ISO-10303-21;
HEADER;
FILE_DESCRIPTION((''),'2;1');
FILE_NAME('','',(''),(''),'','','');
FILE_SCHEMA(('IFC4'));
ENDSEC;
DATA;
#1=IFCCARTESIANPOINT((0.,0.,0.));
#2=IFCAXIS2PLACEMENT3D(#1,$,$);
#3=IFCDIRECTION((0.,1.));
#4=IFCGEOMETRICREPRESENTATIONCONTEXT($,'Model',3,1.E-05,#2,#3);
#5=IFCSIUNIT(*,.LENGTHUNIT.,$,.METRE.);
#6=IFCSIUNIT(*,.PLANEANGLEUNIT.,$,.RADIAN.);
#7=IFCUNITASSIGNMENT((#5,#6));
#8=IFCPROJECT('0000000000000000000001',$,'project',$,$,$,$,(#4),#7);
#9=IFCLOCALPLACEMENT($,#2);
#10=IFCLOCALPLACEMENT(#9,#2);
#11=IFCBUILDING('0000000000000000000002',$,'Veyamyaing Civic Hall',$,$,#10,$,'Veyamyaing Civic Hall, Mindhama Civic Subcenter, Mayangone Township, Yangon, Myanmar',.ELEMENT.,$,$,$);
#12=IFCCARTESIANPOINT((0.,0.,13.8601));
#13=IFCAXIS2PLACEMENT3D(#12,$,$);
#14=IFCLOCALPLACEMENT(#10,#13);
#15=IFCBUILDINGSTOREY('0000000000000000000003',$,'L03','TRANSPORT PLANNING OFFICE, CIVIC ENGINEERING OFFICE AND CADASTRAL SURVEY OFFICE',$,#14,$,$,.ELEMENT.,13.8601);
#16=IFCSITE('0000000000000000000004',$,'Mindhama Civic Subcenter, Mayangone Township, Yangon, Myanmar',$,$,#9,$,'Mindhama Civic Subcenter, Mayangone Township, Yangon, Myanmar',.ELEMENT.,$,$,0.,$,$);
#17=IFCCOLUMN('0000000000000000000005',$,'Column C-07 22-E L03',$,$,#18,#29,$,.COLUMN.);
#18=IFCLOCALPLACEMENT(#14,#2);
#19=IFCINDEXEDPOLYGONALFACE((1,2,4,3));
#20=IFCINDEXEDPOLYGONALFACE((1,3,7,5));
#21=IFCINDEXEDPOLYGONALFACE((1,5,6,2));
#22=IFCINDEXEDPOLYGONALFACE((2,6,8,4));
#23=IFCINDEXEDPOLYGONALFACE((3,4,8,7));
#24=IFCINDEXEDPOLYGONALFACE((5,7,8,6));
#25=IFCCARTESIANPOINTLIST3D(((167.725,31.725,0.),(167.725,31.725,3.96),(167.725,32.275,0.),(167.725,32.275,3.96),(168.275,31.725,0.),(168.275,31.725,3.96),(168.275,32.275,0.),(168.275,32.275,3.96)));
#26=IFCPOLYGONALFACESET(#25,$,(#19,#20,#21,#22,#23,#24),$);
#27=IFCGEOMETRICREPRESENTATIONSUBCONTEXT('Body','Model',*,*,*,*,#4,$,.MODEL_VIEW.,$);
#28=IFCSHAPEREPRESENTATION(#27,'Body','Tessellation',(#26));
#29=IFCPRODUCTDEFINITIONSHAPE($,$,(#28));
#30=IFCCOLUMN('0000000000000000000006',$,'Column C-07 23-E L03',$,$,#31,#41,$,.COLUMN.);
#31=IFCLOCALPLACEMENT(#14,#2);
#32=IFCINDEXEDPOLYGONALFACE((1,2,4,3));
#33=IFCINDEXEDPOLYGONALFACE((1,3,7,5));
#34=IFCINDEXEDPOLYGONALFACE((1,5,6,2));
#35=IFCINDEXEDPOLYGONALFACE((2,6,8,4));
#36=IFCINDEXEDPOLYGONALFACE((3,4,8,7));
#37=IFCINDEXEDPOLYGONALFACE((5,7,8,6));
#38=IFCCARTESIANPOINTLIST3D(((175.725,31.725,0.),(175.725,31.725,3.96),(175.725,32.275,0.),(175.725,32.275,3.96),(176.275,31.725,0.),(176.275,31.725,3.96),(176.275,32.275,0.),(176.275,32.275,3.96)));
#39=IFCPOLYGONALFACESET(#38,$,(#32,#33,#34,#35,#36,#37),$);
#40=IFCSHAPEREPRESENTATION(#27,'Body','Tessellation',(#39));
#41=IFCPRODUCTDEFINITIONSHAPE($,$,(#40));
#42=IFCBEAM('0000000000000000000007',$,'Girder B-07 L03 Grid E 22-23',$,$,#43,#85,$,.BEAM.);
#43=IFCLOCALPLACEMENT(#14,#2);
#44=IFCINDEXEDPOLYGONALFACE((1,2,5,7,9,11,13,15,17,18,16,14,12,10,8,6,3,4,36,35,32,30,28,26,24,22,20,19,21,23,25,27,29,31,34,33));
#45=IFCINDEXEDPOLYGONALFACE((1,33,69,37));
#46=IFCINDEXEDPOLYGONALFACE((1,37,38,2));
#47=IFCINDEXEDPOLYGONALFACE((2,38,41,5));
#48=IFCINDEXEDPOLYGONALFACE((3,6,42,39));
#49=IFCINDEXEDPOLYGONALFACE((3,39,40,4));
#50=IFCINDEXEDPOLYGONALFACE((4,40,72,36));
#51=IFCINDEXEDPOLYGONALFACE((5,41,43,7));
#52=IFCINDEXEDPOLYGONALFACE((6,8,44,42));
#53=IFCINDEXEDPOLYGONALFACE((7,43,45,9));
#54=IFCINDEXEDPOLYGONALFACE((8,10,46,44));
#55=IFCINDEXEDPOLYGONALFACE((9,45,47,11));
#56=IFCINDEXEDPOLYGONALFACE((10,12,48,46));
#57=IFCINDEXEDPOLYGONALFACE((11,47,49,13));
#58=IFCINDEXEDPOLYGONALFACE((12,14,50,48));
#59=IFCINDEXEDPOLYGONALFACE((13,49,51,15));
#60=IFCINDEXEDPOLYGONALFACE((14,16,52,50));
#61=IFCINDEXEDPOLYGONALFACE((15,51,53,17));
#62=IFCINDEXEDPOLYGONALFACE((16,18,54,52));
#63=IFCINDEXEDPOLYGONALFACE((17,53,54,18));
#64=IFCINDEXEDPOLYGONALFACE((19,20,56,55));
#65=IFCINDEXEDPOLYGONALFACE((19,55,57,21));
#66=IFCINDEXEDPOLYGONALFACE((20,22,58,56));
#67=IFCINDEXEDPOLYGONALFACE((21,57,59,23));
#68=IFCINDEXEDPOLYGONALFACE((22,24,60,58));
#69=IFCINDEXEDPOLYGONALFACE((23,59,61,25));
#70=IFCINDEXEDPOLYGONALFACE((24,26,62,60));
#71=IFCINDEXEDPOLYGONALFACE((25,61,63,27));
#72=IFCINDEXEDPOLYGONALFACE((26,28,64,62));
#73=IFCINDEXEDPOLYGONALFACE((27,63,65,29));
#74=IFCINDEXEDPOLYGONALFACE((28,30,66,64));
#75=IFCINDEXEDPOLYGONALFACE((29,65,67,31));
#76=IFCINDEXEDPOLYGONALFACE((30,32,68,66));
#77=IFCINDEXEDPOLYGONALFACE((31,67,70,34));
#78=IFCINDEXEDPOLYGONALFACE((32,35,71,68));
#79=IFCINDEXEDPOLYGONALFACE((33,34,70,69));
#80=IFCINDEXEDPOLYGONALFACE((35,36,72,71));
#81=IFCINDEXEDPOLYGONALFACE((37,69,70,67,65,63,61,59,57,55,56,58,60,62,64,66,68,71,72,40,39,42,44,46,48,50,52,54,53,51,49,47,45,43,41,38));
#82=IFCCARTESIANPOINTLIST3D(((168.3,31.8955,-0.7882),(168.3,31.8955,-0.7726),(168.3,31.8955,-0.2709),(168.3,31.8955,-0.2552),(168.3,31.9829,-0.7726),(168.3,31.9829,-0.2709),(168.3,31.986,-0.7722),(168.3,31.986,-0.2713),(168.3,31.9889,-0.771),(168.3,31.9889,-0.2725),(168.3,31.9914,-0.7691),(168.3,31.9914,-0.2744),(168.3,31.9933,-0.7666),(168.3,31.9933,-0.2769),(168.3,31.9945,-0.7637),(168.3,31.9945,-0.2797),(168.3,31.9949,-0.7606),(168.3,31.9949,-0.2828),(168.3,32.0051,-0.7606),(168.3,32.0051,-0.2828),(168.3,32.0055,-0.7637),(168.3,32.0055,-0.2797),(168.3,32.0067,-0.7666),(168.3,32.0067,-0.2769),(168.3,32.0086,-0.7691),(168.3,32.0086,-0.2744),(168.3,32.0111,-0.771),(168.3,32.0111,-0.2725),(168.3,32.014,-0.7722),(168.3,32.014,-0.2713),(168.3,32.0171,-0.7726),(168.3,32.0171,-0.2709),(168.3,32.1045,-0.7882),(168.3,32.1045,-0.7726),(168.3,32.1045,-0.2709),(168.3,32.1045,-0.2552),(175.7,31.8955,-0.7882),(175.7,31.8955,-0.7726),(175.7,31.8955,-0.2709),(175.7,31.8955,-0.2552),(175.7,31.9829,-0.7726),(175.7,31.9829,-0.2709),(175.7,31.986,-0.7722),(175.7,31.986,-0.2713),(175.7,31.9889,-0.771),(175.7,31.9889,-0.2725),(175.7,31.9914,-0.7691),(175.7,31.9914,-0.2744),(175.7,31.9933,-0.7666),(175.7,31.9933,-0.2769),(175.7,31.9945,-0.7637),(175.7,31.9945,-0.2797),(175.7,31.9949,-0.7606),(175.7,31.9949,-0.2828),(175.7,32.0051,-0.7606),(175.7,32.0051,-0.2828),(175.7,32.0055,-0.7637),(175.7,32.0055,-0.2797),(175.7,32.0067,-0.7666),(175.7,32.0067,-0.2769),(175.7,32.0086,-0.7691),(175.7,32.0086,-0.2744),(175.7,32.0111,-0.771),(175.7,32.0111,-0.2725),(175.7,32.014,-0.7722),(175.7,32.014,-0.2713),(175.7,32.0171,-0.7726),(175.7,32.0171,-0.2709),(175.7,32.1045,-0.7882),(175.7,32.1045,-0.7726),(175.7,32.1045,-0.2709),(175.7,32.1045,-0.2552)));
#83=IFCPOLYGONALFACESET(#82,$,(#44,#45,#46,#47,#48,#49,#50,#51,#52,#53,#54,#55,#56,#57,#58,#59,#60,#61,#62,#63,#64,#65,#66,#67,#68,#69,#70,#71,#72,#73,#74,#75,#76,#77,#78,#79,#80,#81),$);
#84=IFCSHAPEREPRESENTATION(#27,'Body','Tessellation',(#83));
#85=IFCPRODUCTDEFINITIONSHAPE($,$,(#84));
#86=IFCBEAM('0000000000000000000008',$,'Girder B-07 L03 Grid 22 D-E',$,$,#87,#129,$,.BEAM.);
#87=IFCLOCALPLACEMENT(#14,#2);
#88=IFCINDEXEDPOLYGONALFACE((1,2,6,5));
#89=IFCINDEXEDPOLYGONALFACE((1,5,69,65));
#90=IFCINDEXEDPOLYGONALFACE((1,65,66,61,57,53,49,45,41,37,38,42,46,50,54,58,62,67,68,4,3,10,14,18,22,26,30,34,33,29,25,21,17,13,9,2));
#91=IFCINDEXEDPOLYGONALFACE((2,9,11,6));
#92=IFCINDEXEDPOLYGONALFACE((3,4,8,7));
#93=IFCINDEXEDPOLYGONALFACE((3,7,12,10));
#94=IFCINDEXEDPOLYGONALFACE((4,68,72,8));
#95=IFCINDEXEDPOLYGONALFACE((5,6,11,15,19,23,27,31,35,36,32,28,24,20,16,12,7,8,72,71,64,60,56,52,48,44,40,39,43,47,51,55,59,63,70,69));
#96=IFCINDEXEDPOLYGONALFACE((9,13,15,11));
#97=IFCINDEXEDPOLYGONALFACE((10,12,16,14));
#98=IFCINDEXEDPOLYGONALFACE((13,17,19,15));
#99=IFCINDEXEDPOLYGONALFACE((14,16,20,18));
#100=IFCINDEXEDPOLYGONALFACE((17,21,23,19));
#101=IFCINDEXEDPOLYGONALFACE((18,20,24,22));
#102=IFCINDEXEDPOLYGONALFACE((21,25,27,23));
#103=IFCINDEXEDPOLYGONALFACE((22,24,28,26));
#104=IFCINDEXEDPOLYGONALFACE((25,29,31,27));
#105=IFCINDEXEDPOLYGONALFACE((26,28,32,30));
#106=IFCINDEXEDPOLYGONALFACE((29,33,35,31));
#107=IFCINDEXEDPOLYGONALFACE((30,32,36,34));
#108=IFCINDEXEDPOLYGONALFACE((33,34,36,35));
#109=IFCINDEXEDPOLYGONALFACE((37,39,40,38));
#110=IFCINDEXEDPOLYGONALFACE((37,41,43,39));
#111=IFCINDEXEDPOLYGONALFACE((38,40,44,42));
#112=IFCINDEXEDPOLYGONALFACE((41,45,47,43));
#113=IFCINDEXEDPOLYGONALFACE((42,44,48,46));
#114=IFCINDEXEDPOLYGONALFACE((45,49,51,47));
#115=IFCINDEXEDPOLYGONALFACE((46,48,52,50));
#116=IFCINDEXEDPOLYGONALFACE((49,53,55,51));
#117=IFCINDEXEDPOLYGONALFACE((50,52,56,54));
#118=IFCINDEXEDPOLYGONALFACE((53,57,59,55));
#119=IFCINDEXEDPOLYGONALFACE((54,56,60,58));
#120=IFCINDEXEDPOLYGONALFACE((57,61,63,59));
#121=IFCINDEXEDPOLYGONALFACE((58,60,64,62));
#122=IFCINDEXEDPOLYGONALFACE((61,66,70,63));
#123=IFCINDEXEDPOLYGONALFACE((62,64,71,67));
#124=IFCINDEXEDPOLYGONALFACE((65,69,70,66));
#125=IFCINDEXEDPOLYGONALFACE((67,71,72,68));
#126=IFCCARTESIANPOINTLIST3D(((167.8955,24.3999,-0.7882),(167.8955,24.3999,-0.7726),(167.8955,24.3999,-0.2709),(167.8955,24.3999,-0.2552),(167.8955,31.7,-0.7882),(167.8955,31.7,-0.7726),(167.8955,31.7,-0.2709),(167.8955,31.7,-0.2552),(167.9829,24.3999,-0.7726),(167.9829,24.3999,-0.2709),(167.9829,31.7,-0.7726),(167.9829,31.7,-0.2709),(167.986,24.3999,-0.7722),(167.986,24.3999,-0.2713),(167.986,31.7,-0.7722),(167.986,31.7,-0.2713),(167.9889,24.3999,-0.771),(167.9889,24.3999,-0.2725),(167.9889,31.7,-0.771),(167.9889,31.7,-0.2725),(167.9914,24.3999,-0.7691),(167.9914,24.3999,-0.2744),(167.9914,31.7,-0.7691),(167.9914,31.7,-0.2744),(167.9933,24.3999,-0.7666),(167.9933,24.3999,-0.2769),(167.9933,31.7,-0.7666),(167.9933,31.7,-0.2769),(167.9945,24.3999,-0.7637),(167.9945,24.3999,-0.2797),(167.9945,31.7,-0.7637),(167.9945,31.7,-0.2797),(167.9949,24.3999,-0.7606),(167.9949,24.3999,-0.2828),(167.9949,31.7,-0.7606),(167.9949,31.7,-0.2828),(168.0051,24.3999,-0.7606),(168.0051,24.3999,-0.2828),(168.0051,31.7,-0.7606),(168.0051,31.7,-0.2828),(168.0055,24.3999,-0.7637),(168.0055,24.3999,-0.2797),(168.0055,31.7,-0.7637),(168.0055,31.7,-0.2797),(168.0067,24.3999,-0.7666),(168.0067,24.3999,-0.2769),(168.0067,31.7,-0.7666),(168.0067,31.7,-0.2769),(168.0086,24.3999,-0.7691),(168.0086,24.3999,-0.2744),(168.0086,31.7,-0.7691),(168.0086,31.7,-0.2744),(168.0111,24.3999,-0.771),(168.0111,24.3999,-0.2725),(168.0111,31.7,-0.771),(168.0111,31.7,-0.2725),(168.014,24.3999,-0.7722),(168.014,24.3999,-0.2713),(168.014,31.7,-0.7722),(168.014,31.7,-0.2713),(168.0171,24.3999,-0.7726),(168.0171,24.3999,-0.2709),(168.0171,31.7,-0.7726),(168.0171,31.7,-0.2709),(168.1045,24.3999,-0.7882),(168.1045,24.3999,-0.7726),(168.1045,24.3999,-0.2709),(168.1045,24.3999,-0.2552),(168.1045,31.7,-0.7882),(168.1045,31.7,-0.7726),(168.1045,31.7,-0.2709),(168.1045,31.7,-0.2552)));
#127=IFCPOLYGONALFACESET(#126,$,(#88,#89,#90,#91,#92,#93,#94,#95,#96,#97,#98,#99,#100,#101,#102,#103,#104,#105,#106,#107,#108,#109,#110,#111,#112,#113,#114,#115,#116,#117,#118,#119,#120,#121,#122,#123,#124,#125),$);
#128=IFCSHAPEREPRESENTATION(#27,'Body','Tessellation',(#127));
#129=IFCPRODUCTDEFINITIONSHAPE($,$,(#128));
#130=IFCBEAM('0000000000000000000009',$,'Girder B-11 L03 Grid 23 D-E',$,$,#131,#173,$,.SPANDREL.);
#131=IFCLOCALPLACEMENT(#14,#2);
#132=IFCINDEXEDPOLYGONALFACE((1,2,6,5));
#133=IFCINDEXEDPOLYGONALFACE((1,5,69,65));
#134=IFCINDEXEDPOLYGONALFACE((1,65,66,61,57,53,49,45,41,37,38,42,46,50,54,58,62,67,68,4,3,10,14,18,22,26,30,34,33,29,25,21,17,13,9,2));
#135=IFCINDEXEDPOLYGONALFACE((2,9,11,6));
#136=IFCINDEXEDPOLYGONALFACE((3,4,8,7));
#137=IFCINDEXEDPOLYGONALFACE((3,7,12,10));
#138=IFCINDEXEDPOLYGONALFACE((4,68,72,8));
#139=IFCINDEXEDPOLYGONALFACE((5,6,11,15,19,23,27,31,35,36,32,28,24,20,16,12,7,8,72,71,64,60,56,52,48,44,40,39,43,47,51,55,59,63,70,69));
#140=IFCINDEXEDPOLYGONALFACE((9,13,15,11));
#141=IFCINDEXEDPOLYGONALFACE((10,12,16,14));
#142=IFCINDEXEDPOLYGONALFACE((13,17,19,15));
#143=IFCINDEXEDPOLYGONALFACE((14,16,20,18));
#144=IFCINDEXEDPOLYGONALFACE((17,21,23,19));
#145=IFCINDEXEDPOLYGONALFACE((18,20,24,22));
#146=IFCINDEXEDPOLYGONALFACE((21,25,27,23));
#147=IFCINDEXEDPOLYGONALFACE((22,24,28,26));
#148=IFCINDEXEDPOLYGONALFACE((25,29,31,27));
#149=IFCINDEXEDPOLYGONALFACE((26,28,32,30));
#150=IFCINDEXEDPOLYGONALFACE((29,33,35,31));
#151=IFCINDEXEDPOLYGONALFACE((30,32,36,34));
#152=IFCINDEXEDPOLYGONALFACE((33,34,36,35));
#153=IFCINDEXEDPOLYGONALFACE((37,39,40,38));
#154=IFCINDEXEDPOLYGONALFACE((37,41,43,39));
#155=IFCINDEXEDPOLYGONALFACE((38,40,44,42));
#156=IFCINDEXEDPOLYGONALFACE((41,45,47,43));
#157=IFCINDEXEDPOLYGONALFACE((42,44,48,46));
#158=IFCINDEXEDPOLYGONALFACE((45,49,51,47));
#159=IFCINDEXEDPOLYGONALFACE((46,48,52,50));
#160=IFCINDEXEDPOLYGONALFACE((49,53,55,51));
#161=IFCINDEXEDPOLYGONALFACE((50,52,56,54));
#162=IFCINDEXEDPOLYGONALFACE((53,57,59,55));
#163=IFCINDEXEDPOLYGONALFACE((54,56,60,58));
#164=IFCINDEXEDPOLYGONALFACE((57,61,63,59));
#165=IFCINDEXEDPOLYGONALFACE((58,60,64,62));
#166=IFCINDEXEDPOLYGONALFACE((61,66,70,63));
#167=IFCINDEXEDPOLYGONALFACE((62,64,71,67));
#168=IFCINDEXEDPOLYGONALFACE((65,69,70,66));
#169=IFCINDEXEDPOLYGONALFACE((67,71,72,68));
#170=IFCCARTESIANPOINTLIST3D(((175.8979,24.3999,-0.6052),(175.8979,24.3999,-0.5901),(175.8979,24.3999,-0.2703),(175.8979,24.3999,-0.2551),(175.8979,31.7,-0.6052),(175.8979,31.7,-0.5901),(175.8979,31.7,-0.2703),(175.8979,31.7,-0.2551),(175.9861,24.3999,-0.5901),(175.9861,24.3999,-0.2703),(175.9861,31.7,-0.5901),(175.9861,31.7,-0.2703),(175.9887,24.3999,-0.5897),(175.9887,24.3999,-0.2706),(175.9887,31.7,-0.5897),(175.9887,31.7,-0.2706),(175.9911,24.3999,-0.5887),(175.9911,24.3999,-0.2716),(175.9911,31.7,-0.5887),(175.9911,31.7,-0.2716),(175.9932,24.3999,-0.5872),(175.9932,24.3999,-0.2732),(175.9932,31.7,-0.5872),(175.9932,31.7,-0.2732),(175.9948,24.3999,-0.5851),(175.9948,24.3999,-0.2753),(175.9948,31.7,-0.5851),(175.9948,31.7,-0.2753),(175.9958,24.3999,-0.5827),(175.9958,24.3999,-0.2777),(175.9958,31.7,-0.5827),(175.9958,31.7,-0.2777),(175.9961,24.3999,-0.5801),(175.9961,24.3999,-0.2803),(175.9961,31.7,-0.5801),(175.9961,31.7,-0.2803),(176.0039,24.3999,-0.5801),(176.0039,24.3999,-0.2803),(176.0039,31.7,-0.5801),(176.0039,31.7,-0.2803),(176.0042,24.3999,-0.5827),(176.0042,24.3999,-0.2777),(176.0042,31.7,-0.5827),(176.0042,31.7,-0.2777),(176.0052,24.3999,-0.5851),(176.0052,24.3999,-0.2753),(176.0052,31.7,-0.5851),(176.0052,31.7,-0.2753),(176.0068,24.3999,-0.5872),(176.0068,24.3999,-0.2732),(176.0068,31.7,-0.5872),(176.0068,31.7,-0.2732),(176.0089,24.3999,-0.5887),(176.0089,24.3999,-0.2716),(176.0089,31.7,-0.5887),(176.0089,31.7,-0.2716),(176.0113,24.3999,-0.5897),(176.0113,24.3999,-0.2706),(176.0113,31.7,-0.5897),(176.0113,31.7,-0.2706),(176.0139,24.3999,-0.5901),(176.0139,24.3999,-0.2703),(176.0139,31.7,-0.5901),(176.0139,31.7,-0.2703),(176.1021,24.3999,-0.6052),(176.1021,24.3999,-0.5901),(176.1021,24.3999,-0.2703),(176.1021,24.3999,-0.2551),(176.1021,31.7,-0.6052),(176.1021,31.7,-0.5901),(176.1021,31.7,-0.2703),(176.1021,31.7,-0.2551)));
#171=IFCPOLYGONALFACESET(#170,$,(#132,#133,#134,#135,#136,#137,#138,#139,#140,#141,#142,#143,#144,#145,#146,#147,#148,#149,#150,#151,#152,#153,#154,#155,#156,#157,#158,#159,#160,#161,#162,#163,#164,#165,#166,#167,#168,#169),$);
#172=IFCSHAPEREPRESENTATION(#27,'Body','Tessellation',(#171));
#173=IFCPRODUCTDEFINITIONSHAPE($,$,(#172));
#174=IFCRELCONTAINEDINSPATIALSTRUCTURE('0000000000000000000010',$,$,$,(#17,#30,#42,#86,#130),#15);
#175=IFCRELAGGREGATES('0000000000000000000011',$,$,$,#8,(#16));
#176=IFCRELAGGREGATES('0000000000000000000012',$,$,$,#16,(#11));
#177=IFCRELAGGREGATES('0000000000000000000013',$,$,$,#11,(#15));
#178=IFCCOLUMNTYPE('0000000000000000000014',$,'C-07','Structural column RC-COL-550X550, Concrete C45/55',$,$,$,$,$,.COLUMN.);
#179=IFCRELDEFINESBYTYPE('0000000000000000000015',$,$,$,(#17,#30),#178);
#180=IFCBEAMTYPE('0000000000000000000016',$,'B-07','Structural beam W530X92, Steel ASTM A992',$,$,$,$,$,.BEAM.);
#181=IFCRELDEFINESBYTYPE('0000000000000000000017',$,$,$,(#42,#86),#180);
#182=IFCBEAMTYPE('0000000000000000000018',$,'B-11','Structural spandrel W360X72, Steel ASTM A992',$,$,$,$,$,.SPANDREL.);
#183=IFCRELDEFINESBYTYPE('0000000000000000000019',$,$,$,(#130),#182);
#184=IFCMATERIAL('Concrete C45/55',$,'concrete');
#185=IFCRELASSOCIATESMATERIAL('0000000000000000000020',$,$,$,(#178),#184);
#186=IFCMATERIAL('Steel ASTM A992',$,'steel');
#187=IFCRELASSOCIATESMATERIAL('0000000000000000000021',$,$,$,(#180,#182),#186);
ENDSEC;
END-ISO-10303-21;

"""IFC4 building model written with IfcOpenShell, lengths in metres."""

from ifc_helpers import new_model, si_unit, direction, frame, origin, origin_2d, place, context, subcontext, project, spatial, rectangle, i_section, extrude, material, material_profile, profile_set, type_object, element, save


model = new_model("IFC4")

# Units and contexts
model_context = context("Model", 3, precision=1e-05, world=origin(), true_north=direction((0.0, 1.0)))
body_context = subcontext(model_context, "Body", "Model", "MODEL_VIEW")
ifc_project = project(units=[si_unit("LENGTHUNIT", "METRE"), si_unit("PLANEANGLEUNIT", "RADIAN")], contexts=[model_context])

# Site, building, storey
site_placement = place(None, origin())
site = spatial("IfcSite", under=ifc_project, at=site_placement, Name="Mindhama Civic Subcenter, Mayangone Township, Yangon, Myanmar", LongName="Mindhama Civic Subcenter, Mayangone Township, Yangon, Myanmar", CompositionType="ELEMENT", RefElevation=0.0)
building_placement = place(site_placement, origin())
building = spatial("IfcBuilding", under=site, at=building_placement, Name="Veyamyaing Civic Hall", LongName="Veyamyaing Civic Hall, Mindhama Civic Subcenter, Mayangone Township, Yangon, Myanmar", CompositionType="ELEMENT")
storey_placement = place(building_placement, frame((0.0, 0.0, 13.8601)))
storey = spatial("IfcBuildingStorey", under=building, at=storey_placement, Name="L03", Description="TRANSPORT PLANNING OFFICE, CIVIC ENGINEERING OFFICE AND CADASTRAL SURVEY OFFICE", CompositionType="ELEMENT", Elevation=13.8601)

# Columns
ifc_material_1 = material(Name="Concrete C45/55", Category="concrete")
ifc_material_profile_1 = material_profile(ifc_material_1, rectangle(XDim=0.55, YDim=0.55, at=origin_2d()), Name="RC-COL-550X550")
ifc_profile_set_1 = profile_set([ifc_material_profile_1], Name="Concrete C45/55")
column_type = type_object("IfcColumnType", Name="C-07", Description="Structural column RC-COL-550X550, Concrete C45/55", PredefinedType="COLUMN", material=ifc_profile_set_1)
for number, where, z_axis, x_axis, name in (
    (1, (168.0, 32.0, 0.0), (0.0, 0.0, 1.0), (1.0, 0.0, 0.0), "Column C-07 22-E L03"),
    (2, (176.0, 32.0, 0.0), (0.0, 0.0, 1.0), (1.0, 0.0, 0.0), "Column C-07 23-E L03"),
):
    element("IfcColumn", number, at=place(storey_placement, frame(where, z_axis=z_axis, x_axis=x_axis)), inside=storey, type_object=column_type, Name=name, PredefinedType="COLUMN", context=body_context, shape_type="SweptSolid", body=[
        extrude(rectangle(XDim=0.55, YDim=0.55, at=origin_2d()), origin(), (0.0, 0.0, 1.0), 3.96),
    ])

# Beams
ifc_material_2 = material(Name="Steel ASTM A992", Category="steel")
ifc_material_profile_2 = material_profile(ifc_material_2, i_section(OverallWidth=0.209, OverallDepth=0.533, WebThickness=0.0103, FlangeThickness=0.0156, FilletRadius=0.012, at=origin_2d()), Name="W530X92")
ifc_profile_set_2 = profile_set([ifc_material_profile_2], Name="Steel ASTM A992")
beam_type_1 = type_object("IfcBeamType", Name="B-07", Description="Structural beam W530X92, Steel ASTM A992", PredefinedType="BEAM", material=ifc_profile_set_2)
beam_1_placement = place(storey_placement, frame((168.3, 32.0, -0.5217), z_axis=(1.0, 0.0, 0.0), x_axis=(0.0, 1.0, 0.0)))
element("IfcBeam", 3, at=beam_1_placement, inside=storey, type_object=beam_type_1, Name="Girder B-07 L03 Grid E 22-23", PredefinedType="BEAM", context=body_context, shape_type="SweptSolid", body=[
    extrude(i_section(OverallWidth=0.209, OverallDepth=0.533, WebThickness=0.0103, FlangeThickness=0.0156, FilletRadius=0.012, at=origin_2d()), origin(), (0.0, 0.0, 1.0), 7.3999),
])
beam_2_placement = place(storey_placement, frame((168.0, 24.3999, -0.5217), z_axis=(0.0, 1.0, 0.0), x_axis=(-1.0, 0.0, 0.0)))
element("IfcBeam", 4, at=beam_2_placement, inside=storey, type_object=beam_type_1, Name="Girder B-07 L03 Grid 22 D-E", PredefinedType="BEAM", context=body_context, shape_type="SweptSolid", body=[
    extrude(i_section(OverallWidth=0.209, OverallDepth=0.533, WebThickness=0.0103, FlangeThickness=0.0156, FilletRadius=0.012, at=origin_2d()), origin(), (0.0, 0.0, 1.0), 7.3),
])
ifc_material_profile_3 = material_profile(ifc_material_2, i_section(OverallWidth=0.2041, OverallDepth=0.3501, WebThickness=0.0078, FlangeThickness=0.0151, FilletRadius=0.01, at=origin_2d()), Name="W360X72")
ifc_profile_set_3 = profile_set([ifc_material_profile_3], Name="Steel ASTM A992")
beam_type_2 = type_object("IfcBeamType", Name="B-11", Description="Structural spandrel W360X72, Steel ASTM A992", PredefinedType="SPANDREL", material=ifc_profile_set_3)
beam_3_placement = place(storey_placement, frame((176.0, 24.3999, -0.4302), z_axis=(0.0, 1.0, 0.0), x_axis=(-1.0, 0.0, 0.0)))
element("IfcBeam", 5, at=beam_3_placement, inside=storey, type_object=beam_type_2, Name="Girder B-11 L03 Grid 23 D-E", PredefinedType="SPANDREL", context=body_context, shape_type="SweptSolid", body=[
    extrude(i_section(OverallWidth=0.2041, OverallDepth=0.3501, WebThickness=0.0078, FlangeThickness=0.0151, FilletRadius=0.01, at=origin_2d()), origin(), (0.0, 0.0, 1.0), 7.3),
])

save(model, "model.ifc")
